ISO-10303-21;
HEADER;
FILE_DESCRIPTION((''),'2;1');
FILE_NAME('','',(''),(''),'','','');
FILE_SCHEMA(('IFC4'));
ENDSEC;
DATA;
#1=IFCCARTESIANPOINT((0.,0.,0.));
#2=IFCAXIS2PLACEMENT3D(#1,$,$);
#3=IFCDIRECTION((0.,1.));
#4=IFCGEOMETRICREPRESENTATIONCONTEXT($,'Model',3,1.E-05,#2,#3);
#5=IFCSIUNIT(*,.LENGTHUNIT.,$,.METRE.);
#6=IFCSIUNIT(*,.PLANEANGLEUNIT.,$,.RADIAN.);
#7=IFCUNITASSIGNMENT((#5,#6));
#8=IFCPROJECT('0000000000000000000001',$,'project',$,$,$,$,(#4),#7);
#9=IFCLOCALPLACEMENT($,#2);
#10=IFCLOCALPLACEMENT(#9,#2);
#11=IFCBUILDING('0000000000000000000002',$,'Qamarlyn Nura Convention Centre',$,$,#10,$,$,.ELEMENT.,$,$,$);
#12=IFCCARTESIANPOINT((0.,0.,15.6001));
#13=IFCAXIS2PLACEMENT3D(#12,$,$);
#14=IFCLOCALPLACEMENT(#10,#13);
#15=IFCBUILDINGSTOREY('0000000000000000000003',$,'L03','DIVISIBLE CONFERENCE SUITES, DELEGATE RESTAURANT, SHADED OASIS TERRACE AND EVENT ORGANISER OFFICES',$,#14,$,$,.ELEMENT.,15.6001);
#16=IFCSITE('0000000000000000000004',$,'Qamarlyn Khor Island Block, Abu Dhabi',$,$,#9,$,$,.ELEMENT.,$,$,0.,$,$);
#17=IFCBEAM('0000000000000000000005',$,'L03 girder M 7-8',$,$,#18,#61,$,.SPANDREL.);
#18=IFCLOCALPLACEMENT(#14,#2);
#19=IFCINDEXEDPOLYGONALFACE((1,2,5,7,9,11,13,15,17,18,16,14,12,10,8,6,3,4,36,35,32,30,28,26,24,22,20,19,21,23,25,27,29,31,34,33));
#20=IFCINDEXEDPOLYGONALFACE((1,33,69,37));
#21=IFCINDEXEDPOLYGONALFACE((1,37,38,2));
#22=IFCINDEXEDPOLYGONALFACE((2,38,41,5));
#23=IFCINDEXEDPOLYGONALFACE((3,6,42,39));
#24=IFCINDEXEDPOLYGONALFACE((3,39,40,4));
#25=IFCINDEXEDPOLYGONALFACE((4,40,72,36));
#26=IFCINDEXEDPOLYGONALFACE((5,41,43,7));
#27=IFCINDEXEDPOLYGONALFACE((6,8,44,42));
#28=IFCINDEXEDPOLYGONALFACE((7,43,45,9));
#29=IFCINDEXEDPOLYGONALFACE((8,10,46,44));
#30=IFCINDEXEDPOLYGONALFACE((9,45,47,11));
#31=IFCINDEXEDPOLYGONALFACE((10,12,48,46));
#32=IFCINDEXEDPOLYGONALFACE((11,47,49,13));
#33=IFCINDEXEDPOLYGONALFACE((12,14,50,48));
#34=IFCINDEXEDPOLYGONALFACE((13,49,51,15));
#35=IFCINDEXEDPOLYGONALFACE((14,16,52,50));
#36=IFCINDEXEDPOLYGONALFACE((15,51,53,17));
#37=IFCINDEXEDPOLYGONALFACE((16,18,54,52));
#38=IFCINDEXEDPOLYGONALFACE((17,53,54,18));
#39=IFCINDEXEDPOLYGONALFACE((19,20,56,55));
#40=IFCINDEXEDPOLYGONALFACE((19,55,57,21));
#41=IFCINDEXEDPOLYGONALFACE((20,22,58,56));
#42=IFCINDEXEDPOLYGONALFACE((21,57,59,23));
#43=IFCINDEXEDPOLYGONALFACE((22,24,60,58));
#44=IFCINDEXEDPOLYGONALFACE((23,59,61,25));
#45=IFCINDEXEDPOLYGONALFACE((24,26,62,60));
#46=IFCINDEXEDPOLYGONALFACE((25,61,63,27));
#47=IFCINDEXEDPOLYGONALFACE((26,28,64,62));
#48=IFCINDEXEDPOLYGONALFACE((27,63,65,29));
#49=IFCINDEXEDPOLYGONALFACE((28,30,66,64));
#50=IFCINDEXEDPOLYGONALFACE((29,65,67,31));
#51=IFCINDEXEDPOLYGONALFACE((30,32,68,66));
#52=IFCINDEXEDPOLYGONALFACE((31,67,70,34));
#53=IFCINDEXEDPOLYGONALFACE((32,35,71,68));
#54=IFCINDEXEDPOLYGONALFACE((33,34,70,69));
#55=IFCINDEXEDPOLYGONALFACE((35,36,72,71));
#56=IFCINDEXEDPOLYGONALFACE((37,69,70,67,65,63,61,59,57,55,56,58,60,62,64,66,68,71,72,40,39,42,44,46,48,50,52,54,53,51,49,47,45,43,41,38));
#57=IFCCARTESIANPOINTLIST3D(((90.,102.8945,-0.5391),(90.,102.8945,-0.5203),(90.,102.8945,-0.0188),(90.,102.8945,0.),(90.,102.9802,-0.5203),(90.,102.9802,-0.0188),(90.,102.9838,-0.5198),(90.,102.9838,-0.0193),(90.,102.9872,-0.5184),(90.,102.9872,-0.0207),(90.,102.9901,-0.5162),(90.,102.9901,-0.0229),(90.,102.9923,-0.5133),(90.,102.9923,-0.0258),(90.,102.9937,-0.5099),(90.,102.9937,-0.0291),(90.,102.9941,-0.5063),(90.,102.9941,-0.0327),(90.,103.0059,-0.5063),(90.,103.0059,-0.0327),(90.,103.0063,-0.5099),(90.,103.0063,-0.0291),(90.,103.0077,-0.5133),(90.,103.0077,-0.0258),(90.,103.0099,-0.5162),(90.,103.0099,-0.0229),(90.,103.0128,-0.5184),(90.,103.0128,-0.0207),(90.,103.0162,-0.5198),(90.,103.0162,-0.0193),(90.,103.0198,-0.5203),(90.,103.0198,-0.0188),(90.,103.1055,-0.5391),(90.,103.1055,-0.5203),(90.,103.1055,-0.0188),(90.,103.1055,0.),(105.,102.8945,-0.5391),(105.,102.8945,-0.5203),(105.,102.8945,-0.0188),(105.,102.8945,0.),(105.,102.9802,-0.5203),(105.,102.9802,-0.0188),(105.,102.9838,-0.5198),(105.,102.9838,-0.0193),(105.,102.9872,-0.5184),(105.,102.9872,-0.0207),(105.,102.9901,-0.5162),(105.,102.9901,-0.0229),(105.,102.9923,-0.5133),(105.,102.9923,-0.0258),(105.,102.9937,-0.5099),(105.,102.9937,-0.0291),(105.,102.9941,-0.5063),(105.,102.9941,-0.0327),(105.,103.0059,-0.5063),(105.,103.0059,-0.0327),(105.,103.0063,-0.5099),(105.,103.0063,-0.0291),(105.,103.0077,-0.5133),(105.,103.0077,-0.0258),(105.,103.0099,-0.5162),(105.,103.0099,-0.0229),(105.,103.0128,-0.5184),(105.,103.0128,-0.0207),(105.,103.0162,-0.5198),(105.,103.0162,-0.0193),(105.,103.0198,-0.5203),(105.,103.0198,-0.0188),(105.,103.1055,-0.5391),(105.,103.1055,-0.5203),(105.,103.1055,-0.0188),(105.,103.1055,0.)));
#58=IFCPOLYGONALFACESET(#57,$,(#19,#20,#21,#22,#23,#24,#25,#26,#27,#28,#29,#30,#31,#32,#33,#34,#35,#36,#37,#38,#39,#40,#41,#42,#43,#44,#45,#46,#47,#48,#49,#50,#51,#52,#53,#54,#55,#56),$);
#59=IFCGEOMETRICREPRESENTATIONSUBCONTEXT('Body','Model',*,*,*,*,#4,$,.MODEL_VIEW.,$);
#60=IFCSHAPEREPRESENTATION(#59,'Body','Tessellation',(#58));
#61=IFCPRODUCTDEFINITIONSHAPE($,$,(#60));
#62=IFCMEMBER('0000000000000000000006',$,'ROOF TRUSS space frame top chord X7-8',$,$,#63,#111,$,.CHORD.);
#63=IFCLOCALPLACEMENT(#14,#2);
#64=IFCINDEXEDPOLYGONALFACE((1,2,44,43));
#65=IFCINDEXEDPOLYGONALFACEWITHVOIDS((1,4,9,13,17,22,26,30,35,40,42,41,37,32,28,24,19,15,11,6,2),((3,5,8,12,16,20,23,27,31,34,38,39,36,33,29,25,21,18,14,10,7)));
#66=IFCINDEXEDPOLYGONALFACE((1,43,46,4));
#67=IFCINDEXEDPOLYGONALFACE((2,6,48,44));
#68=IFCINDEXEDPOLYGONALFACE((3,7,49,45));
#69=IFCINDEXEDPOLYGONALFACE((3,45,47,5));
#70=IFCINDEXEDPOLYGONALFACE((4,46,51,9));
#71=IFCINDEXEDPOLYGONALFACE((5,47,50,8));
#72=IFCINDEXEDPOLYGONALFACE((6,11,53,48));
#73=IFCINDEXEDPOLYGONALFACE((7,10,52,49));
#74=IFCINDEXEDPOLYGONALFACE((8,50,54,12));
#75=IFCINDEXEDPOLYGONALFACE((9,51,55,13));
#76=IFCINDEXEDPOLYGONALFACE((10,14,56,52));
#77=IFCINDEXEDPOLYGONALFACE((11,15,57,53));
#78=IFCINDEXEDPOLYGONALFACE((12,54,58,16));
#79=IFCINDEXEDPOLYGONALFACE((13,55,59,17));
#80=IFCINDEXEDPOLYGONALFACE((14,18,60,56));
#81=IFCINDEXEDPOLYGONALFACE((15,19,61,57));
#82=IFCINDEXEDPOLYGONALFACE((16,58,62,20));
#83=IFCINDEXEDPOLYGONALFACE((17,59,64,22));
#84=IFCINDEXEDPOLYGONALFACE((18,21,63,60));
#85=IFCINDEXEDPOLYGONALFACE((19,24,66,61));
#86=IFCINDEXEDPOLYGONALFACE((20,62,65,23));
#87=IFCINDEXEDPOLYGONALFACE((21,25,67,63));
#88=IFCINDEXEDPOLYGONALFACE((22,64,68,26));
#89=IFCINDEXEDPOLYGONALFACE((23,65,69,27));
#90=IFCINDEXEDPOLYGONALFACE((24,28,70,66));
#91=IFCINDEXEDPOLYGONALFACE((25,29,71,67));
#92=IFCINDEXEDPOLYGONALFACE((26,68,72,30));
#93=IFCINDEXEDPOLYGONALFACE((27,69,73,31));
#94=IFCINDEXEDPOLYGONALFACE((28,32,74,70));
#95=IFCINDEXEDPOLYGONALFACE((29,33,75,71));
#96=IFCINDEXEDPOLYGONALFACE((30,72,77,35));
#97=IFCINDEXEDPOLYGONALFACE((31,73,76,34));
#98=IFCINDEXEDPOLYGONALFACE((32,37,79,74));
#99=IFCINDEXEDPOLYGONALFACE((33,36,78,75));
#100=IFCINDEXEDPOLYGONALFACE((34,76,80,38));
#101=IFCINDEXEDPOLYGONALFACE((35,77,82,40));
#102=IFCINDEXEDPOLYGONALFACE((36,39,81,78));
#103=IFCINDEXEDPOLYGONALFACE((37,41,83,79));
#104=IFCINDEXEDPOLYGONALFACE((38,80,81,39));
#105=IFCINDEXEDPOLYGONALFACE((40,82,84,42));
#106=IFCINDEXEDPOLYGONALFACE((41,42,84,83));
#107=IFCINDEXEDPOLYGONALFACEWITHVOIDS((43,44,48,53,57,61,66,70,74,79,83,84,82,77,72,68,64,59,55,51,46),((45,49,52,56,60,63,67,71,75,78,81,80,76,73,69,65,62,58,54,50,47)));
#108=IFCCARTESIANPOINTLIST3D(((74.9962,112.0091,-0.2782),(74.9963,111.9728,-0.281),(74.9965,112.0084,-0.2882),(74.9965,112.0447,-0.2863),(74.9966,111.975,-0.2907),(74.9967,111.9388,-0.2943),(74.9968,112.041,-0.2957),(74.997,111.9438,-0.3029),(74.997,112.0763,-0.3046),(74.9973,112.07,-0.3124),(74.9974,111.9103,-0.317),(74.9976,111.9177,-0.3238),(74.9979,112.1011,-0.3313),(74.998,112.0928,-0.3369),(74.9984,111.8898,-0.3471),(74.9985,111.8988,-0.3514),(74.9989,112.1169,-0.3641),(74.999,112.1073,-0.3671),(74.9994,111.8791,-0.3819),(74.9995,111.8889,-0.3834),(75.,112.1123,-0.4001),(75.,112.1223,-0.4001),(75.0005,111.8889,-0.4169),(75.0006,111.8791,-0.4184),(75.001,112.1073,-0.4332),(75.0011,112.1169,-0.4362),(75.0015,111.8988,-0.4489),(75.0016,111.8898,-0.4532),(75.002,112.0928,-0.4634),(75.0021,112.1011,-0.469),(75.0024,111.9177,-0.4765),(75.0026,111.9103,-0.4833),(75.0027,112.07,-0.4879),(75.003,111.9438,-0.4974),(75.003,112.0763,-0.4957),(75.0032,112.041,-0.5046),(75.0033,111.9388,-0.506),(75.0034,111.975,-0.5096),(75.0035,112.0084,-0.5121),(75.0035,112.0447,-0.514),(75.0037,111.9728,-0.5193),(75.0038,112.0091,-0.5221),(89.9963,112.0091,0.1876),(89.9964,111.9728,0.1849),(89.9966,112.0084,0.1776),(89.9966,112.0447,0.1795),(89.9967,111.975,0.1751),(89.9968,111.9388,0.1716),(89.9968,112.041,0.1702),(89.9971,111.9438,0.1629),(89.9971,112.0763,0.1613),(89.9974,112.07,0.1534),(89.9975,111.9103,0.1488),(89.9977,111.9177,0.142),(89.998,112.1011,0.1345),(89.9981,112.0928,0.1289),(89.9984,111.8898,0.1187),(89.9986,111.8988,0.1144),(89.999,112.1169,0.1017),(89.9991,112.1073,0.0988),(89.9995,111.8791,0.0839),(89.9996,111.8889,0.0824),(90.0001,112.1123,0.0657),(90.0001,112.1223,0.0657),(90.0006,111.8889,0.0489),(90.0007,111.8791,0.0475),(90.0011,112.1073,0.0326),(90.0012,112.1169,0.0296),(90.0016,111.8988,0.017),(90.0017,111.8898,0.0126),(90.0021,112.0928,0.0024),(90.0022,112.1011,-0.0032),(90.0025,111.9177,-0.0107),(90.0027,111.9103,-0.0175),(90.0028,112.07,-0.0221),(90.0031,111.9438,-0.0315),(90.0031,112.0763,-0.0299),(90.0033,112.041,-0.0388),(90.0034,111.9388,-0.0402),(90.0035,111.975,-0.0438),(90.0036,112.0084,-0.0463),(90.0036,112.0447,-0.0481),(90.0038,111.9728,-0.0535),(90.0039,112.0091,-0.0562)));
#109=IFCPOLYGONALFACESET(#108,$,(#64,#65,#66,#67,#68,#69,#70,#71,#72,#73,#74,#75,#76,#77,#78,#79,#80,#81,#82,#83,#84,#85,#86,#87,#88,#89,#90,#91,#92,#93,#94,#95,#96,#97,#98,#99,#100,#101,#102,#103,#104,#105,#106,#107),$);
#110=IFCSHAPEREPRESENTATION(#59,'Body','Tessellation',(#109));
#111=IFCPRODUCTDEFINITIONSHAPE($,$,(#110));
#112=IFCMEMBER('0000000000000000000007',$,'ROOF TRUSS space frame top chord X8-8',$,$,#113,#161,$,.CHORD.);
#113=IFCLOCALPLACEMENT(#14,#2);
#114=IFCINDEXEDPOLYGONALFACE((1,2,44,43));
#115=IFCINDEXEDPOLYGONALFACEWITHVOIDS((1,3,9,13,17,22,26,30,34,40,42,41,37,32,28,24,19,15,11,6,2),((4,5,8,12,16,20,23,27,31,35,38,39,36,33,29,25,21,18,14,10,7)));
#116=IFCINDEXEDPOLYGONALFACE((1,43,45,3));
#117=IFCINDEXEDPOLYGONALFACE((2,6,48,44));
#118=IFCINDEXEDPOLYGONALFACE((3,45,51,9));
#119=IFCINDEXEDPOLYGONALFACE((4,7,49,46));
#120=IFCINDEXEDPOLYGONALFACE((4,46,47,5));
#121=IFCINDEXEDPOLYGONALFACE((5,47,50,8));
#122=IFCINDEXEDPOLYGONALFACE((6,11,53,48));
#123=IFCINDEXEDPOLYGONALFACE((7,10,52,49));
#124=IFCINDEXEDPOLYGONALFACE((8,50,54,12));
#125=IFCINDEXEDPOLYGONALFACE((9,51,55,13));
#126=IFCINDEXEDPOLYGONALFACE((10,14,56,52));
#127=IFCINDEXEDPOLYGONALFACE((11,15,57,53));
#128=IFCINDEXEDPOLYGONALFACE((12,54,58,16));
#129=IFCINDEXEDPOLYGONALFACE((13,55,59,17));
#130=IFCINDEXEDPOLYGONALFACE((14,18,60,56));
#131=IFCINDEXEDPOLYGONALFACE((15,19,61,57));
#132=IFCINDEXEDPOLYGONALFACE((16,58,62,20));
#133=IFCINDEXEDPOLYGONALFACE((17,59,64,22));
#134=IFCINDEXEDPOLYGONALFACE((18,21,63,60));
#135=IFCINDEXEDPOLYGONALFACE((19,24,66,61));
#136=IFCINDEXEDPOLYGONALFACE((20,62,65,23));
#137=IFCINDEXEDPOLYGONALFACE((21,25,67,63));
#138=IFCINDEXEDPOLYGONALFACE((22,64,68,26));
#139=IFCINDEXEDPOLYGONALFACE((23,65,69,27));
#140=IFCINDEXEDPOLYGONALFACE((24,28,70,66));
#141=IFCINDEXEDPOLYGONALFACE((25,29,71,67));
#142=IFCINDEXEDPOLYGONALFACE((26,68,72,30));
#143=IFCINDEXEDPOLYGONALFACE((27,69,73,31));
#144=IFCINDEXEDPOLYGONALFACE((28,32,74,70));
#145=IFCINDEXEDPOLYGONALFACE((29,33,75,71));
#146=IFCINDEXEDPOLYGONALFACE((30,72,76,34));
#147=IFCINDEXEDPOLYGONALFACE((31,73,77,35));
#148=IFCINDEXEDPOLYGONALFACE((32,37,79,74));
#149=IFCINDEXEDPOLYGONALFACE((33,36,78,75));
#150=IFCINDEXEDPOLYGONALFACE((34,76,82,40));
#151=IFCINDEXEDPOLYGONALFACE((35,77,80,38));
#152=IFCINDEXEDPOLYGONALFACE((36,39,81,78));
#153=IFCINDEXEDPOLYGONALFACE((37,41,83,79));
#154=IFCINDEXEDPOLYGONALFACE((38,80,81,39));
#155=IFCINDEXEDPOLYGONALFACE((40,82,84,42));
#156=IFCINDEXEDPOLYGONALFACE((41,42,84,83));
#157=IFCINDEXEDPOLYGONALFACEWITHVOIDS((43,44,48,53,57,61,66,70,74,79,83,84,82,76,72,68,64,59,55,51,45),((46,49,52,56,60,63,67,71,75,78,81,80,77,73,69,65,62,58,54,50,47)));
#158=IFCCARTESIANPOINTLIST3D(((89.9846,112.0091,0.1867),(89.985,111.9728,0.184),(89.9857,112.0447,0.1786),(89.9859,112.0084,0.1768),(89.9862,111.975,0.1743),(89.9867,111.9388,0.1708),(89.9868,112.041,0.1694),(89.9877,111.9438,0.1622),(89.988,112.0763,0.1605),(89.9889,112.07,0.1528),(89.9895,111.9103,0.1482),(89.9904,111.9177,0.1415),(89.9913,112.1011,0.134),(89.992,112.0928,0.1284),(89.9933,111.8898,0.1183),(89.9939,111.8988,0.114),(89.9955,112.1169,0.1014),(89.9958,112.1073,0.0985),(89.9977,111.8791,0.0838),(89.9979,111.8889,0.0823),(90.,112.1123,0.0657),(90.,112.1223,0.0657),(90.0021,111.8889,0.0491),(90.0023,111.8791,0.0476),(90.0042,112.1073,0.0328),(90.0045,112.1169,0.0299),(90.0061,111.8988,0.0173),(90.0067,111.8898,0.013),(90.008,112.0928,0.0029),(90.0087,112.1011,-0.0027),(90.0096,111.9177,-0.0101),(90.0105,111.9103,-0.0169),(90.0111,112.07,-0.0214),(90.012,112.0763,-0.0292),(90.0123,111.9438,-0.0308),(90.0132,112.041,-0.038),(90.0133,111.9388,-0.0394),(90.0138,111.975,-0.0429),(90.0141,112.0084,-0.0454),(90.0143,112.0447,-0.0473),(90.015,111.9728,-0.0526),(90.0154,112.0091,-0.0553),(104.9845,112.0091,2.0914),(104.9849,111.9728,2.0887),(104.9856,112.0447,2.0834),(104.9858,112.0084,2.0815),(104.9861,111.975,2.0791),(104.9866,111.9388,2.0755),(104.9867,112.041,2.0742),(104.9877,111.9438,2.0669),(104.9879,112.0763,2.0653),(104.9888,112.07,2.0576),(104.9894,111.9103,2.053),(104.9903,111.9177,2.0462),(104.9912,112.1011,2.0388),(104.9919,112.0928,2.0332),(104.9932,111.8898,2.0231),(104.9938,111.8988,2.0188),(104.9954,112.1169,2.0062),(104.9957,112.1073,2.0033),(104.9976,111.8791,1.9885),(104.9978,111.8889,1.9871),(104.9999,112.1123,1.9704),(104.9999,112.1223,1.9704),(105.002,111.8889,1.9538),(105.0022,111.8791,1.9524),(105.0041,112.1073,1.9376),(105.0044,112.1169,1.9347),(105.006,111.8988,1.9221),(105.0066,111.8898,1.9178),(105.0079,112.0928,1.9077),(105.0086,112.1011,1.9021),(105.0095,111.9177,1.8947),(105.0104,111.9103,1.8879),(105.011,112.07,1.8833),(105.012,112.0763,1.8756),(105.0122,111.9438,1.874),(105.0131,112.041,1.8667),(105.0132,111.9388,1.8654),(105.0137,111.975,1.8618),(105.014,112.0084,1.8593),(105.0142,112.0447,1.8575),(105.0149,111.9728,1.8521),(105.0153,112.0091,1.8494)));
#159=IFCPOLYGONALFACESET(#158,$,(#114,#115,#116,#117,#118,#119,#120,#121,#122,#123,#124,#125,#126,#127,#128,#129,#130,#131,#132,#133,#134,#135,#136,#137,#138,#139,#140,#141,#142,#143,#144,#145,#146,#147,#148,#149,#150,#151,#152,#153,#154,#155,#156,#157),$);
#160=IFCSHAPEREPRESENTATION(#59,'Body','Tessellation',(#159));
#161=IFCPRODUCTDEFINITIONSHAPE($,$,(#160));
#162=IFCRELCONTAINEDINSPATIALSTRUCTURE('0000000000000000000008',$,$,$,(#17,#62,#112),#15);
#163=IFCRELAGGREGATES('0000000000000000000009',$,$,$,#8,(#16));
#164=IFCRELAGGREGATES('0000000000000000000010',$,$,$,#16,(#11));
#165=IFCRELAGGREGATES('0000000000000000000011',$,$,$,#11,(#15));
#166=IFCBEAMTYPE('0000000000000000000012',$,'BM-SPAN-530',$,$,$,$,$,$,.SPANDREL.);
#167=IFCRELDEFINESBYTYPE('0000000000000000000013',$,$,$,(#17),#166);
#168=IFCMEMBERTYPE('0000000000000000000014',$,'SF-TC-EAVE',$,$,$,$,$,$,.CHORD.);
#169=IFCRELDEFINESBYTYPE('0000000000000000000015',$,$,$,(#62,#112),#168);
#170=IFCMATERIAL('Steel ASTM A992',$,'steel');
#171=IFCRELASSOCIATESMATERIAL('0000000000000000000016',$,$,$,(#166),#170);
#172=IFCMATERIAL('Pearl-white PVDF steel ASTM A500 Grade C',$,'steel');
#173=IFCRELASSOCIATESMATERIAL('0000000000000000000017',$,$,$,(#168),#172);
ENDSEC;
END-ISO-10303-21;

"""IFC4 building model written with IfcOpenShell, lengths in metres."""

from ifc_helpers import new_model, si_unit, direction, frame, origin, origin_2d, place, context, subcontext, project, spatial, hollow_circle, i_section, extrude, material, material_profile, profile_set, type_object, element, save


model = new_model("IFC4")

# Units and contexts
model_context = context("Model", 3, precision=1e-05, world=origin(), true_north=direction((0.0, 1.0)))
body_context = subcontext(model_context, "Body", "Model", "MODEL_VIEW")
ifc_project = project(units=[si_unit("LENGTHUNIT", "METRE"), si_unit("PLANEANGLEUNIT", "RADIAN")], contexts=[model_context])

# Site, building, storey
site_placement = place(None, origin())
site = spatial("IfcSite", under=ifc_project, at=site_placement, Name="Qamarlyn Khor Island Block, Abu Dhabi", CompositionType="ELEMENT", RefElevation=0.0)
building_placement = place(site_placement, origin())
building = spatial("IfcBuilding", under=site, at=building_placement, Name="Qamarlyn Nura Convention Centre", CompositionType="ELEMENT")
storey_placement = place(building_placement, frame((0.0, 0.0, 15.6001)))
storey = spatial("IfcBuildingStorey", under=building, at=storey_placement, Name="L03", Description="DIVISIBLE CONFERENCE SUITES, DELEGATE RESTAURANT, SHADED OASIS TERRACE AND EVENT ORGANISER OFFICES", CompositionType="ELEMENT", Elevation=15.6001)

# Beam
ifc_material_1 = material(Name="Steel ASTM A992", Category="steel")
ifc_material_profile_1 = material_profile(ifc_material_1, i_section(OverallWidth=0.2109, OverallDepth=0.5391, WebThickness=0.0117, FlangeThickness=0.0188, FilletRadius=0.0139, at=origin_2d()), Name="W530X109")
ifc_profile_set_1 = profile_set([ifc_material_profile_1], Name="Steel ASTM A992")
beam_type = type_object("IfcBeamType", Name="BM-SPAN-530", PredefinedType="SPANDREL", material=ifc_profile_set_1)
beam_placement = place(storey_placement, frame((90.0, 103.0, -0.2695), z_axis=(1.0, 0.0, 0.0), x_axis=(0.0, 1.0, 0.0)))
element("IfcBeam", 1, at=beam_placement, inside=storey, type_object=beam_type, Name="L03 girder M 7-8", PredefinedType="SPANDREL", context=body_context, shape_type="SweptSolid", body=[
    extrude(i_section(OverallWidth=0.2109, OverallDepth=0.5391, WebThickness=0.0117, FlangeThickness=0.0188, FilletRadius=0.0139, at=origin_2d()), origin(), (0.0, 0.0, 1.0), 15.0),
])

# Members
ifc_material_2 = material(Name="Pearl-white PVDF steel ASTM A500 Grade C", Category="steel")
ifc_material_profile_2 = material_profile(ifc_material_2, hollow_circle(Radius=0.1223, WallThickness=0.01, at=origin_2d()), Name="CHS244.5X10")
ifc_profile_set_2 = profile_set([ifc_material_profile_2], Name="Pearl-white PVDF steel ASTM A500 Grade C")
member_type_1 = type_object("IfcMemberType", Name="SF-TC-EAVE", PredefinedType="CHORD", material=ifc_profile_set_2)
member_1_placement = place(storey_placement, frame((75.0, 112.0, -0.4001), z_axis=(0.999518, 0.0, 0.03104), x_axis=(0.0, 1.0, 0.0)))
element("IfcMember", 2, at=member_1_placement, inside=storey, type_object=member_type_1, Name="ROOF TRUSS space frame top chord X7-8", PredefinedType="CHORD", context=body_context, shape_type="SweptSolid", body=[
    extrude(hollow_circle(Radius=0.1223, WallThickness=0.01, at=origin_2d()), origin(), (0.0, 0.0, 1.0), 15.0073),
])
member_2_placement = place(storey_placement, frame((90.0, 112.0, 0.0657), z_axis=(0.992034, 0.0, 0.125974), x_axis=(0.0, 1.0, 0.0)))
element("IfcMember", 3, at=member_2_placement, inside=storey, type_object=member_type_1, Name="ROOF TRUSS space frame top chord X8-8", PredefinedType="CHORD", context=body_context, shape_type="SweptSolid", body=[
    extrude(hollow_circle(Radius=0.1223, WallThickness=0.01, at=origin_2d()), origin(), (0.0, 0.0, 1.0), 15.1204),
])

save(model, "model.ifc")
